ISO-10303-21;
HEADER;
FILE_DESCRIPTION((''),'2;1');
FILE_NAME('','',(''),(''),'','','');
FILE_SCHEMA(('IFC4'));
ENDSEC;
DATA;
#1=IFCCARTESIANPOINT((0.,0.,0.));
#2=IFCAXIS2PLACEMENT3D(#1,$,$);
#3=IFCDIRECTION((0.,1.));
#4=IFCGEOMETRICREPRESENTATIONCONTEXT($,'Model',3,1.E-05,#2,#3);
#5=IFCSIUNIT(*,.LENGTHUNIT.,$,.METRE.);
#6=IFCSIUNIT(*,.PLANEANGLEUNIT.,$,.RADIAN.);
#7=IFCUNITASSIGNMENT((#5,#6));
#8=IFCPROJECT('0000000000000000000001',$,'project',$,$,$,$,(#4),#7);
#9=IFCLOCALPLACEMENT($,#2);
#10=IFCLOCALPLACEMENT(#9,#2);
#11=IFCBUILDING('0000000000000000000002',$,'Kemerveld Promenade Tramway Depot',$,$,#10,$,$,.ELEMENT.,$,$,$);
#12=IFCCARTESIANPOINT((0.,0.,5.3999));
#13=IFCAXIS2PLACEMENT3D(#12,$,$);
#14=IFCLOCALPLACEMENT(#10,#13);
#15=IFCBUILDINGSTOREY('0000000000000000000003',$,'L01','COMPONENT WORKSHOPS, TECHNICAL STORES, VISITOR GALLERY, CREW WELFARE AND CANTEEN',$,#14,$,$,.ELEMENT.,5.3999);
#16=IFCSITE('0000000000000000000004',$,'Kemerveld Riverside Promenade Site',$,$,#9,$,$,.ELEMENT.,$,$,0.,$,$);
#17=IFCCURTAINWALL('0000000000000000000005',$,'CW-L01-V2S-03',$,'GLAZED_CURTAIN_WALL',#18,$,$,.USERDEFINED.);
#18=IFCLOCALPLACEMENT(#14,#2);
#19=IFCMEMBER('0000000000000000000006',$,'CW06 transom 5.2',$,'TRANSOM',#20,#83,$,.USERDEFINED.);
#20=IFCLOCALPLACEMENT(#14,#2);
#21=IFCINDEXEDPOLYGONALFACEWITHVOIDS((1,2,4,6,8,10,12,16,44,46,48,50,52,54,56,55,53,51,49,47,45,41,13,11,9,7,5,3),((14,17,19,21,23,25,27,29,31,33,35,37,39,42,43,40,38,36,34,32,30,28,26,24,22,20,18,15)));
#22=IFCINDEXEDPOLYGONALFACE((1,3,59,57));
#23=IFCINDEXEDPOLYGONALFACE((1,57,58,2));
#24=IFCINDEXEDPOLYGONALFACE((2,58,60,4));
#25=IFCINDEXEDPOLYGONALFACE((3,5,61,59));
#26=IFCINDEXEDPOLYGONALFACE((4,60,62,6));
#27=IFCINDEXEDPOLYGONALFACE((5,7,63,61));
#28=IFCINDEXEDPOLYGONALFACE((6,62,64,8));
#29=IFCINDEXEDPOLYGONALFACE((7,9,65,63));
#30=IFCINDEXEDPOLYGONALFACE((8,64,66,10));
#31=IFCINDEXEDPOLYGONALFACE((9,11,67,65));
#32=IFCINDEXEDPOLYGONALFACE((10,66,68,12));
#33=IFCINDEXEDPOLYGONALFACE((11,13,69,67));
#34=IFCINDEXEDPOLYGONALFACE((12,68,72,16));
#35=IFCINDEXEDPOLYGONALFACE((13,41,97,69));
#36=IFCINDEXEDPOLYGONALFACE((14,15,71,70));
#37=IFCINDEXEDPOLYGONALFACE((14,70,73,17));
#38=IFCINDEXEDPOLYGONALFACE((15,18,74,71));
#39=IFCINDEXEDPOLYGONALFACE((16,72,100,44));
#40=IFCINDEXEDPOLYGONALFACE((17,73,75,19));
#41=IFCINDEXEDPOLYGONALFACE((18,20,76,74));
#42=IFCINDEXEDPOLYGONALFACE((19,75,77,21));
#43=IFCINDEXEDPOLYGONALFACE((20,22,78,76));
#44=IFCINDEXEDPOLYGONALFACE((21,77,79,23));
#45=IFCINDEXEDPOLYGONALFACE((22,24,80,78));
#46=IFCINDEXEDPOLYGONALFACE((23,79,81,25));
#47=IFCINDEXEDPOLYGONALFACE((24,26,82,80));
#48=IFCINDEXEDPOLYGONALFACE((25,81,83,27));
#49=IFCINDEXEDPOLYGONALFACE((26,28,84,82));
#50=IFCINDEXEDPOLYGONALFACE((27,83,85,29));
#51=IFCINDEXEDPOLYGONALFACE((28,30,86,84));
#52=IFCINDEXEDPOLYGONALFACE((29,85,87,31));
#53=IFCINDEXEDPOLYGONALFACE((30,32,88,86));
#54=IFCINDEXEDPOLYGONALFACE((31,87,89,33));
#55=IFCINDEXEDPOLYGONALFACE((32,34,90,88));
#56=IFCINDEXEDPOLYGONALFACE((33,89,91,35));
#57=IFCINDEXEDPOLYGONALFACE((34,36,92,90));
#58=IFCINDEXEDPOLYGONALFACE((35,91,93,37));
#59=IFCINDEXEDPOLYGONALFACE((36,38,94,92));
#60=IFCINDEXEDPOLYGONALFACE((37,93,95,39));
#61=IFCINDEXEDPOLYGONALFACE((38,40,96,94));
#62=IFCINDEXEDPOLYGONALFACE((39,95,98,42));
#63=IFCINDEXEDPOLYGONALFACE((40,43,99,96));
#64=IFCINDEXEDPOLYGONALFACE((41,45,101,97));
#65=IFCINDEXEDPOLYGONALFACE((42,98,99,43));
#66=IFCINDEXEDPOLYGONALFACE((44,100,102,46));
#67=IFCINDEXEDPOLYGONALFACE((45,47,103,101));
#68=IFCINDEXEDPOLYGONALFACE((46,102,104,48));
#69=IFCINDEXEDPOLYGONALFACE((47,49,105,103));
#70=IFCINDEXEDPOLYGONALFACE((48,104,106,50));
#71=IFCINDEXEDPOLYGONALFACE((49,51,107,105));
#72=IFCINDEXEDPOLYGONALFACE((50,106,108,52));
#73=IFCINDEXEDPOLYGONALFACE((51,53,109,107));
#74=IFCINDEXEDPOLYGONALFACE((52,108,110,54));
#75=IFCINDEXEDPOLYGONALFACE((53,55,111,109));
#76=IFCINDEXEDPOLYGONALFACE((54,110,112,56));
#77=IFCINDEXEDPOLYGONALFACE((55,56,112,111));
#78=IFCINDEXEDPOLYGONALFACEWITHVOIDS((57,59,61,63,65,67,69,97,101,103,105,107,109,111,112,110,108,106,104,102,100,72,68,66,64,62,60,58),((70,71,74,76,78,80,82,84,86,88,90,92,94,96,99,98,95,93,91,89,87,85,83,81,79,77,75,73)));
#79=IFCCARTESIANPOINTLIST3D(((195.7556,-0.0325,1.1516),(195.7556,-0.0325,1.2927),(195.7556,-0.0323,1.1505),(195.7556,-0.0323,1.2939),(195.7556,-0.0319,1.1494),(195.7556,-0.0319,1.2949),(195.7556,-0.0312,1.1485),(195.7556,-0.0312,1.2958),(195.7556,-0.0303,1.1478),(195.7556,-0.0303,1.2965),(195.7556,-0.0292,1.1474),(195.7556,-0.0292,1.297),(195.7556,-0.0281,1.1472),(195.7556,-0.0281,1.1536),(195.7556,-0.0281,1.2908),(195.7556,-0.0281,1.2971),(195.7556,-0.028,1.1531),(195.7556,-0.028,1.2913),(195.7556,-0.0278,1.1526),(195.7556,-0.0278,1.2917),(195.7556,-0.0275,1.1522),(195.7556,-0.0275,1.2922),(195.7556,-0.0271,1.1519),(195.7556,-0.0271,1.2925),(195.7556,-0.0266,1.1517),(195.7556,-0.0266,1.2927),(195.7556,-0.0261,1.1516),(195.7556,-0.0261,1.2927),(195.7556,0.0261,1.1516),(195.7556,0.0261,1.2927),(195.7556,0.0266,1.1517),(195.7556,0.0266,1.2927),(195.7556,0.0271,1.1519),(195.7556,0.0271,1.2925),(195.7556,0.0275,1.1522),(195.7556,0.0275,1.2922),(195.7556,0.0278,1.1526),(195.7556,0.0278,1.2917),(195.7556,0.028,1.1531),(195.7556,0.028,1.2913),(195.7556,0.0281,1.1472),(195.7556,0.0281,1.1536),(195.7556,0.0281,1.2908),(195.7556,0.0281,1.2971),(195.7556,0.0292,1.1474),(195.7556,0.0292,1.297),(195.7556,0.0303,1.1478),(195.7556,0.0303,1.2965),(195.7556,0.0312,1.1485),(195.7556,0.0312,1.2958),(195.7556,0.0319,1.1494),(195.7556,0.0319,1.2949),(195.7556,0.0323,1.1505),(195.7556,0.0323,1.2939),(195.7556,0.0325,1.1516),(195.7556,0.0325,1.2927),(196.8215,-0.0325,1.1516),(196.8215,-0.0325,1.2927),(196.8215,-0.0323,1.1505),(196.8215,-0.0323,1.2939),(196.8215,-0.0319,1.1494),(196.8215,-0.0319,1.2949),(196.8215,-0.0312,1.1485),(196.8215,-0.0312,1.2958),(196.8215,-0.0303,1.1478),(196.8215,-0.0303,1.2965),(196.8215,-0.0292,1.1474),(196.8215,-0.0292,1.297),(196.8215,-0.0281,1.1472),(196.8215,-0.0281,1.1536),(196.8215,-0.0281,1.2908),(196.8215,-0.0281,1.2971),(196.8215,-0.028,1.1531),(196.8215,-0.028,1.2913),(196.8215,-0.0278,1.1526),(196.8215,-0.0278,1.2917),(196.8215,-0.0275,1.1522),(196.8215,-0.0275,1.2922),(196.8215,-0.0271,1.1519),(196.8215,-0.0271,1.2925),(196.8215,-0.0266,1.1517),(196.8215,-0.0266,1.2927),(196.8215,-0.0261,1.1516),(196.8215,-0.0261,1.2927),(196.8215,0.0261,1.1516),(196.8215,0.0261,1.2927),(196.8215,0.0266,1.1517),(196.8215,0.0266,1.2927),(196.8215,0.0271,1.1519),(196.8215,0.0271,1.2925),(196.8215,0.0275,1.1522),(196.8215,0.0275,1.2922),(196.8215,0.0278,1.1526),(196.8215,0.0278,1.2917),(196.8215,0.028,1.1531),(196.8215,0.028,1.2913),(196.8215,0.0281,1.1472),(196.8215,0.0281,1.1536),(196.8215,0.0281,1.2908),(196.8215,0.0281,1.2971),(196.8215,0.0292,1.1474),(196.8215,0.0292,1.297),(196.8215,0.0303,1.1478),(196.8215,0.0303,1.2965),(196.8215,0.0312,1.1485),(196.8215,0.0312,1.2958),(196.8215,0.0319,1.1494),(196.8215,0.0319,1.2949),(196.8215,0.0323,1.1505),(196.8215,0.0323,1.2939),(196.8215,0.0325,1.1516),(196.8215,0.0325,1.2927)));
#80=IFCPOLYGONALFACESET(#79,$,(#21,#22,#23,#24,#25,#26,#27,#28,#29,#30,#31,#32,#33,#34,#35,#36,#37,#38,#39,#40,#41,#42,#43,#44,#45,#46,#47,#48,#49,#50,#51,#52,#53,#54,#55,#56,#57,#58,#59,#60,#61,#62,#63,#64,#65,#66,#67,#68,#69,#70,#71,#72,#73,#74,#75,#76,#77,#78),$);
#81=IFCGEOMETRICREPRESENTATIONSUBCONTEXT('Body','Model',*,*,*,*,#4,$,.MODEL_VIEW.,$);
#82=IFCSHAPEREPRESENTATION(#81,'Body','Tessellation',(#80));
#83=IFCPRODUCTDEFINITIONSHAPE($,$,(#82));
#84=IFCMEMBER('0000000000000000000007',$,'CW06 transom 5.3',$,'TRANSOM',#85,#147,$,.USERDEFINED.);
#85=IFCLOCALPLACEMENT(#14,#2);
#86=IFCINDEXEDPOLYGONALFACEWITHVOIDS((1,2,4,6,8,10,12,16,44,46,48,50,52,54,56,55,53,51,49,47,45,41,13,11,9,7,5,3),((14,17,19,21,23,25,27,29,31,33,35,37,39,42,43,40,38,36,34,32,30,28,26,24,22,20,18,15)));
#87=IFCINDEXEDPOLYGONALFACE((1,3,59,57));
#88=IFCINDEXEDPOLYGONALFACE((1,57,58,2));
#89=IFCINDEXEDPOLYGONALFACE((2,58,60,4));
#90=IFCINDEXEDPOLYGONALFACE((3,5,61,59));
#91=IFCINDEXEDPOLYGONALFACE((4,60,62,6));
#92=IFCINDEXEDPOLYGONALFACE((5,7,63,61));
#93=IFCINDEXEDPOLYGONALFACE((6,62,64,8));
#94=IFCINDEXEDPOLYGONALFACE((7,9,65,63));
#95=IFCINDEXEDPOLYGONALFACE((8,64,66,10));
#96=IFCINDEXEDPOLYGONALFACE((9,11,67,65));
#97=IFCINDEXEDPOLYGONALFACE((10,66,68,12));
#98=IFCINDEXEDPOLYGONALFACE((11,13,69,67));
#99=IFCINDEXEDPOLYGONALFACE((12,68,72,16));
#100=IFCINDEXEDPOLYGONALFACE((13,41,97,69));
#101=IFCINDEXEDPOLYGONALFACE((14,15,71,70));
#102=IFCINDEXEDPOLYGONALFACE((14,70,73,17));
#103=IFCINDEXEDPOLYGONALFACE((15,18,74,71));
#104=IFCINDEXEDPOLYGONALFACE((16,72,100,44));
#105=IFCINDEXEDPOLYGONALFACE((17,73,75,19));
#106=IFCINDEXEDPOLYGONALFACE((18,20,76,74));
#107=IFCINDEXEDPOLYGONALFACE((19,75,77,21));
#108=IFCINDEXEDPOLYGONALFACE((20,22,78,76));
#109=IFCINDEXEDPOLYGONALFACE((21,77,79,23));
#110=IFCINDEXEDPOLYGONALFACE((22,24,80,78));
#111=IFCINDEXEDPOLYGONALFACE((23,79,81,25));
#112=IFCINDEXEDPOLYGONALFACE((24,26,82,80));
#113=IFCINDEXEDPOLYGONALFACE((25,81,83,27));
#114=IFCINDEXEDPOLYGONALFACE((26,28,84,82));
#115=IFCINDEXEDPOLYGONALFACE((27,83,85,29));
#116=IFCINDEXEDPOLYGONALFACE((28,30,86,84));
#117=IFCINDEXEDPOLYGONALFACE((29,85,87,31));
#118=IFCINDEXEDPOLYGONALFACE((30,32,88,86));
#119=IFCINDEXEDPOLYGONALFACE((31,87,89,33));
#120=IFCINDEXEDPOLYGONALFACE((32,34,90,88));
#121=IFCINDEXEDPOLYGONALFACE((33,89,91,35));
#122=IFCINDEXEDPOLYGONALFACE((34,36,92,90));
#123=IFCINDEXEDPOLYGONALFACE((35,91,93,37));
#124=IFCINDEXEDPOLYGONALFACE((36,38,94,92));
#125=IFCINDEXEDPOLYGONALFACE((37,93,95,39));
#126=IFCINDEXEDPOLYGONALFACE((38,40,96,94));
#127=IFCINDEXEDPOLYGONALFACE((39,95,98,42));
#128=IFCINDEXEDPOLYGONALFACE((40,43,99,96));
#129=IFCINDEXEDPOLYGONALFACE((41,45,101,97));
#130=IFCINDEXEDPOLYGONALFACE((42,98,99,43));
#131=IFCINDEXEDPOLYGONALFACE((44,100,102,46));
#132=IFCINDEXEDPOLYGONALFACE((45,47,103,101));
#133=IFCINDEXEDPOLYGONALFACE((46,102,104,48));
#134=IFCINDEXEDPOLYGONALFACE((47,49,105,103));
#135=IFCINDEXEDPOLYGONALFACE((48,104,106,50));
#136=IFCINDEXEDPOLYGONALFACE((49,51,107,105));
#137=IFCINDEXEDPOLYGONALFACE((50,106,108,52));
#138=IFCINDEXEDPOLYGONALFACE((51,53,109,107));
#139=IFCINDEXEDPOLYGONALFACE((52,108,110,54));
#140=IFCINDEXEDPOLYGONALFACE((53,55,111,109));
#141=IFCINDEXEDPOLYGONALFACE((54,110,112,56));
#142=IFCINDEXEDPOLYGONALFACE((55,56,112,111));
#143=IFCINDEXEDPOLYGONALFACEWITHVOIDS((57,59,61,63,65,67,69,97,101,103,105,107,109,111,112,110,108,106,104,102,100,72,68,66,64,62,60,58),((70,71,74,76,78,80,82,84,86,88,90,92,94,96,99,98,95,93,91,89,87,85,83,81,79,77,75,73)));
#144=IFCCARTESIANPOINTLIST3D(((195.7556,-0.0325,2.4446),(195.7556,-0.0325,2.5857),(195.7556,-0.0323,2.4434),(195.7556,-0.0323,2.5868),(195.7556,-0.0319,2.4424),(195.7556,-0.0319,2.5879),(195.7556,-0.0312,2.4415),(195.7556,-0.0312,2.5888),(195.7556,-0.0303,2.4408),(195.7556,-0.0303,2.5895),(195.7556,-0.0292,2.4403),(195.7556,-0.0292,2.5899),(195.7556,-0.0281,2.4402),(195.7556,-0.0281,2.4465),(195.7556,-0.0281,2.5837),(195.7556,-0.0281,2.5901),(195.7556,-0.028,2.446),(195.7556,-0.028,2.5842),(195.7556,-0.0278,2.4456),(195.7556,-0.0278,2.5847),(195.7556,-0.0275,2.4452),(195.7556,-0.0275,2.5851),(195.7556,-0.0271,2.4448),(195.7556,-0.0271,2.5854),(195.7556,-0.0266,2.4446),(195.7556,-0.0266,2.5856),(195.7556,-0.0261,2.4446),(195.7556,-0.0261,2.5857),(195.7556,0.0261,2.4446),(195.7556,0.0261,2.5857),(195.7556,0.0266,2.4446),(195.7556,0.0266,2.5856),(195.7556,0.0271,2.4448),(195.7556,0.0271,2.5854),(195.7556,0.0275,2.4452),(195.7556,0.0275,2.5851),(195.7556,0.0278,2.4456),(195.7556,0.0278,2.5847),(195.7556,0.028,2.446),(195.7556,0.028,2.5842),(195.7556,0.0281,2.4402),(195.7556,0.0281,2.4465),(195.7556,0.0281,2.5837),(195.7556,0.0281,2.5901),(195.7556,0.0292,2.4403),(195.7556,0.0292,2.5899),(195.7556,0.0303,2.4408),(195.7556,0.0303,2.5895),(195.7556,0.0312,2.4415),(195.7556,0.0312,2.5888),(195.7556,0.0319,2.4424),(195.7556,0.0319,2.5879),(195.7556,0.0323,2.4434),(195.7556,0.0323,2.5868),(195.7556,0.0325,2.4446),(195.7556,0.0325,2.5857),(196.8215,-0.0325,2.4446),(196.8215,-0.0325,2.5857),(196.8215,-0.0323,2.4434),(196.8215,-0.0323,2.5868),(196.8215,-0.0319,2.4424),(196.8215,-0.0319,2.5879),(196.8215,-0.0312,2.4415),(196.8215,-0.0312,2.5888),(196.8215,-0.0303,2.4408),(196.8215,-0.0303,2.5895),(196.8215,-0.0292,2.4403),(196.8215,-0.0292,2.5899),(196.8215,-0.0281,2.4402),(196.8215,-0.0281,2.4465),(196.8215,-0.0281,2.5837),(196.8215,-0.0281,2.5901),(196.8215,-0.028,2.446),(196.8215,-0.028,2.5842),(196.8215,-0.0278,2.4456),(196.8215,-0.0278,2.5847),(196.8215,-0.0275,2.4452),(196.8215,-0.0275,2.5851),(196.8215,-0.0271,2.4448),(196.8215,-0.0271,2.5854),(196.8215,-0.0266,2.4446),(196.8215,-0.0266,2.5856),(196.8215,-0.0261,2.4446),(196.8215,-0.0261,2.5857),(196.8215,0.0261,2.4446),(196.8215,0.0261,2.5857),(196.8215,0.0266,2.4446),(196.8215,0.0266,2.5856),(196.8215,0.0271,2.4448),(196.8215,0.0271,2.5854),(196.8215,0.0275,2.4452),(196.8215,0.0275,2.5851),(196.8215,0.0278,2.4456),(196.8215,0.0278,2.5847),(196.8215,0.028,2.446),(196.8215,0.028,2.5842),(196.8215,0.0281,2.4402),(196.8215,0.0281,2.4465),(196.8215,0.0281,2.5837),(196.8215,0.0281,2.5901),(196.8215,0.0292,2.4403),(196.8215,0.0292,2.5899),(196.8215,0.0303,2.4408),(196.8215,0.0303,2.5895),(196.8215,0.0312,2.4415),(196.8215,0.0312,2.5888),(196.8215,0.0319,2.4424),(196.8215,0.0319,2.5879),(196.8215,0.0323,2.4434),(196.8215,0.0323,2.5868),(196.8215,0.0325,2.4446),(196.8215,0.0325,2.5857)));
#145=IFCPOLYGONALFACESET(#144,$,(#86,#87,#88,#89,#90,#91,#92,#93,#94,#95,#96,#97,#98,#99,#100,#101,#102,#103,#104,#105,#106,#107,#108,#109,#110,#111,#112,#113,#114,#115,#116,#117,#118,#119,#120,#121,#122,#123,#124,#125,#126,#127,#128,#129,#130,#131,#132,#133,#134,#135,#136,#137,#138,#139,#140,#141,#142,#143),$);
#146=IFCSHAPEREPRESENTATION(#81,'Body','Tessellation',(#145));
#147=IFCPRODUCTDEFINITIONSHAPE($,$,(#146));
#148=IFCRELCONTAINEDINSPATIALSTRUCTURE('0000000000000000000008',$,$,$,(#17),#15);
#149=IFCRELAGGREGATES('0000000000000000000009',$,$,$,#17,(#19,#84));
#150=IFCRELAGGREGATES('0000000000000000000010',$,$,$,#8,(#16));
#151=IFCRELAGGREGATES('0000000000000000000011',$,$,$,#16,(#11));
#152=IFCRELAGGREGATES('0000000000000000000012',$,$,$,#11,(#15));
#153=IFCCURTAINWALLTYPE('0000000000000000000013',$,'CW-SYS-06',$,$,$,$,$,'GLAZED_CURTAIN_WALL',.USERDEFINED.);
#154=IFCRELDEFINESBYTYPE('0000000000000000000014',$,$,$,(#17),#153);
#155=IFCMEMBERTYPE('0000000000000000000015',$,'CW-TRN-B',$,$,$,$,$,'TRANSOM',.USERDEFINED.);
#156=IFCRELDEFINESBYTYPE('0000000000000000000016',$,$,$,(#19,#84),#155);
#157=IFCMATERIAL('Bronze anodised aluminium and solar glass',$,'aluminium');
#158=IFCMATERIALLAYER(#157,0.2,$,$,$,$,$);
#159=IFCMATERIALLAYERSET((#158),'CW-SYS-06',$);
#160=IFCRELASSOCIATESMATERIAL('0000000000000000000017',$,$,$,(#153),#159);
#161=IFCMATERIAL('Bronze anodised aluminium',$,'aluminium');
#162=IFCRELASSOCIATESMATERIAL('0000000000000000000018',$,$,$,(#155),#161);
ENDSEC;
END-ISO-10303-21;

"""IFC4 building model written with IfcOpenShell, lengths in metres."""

from ifc_helpers import new_model, si_unit, direction, frame, origin, origin_2d, place, context, subcontext, project, spatial, hollow_rectangle, extrude, material, layer, layer_set, material_profile, profile_set, type_object, element, aggregate, save


model = new_model("IFC4")

# Units and contexts
model_context = context("Model", 3, precision=1e-05, world=origin(), true_north=direction((0.0, 1.0)))
body_context = subcontext(model_context, "Body", "Model", "MODEL_VIEW")
ifc_project = project(units=[si_unit("LENGTHUNIT", "METRE"), si_unit("PLANEANGLEUNIT", "RADIAN")], contexts=[model_context])

# Site, building, storey
site_placement = place(None, origin())
site = spatial("IfcSite", under=ifc_project, at=site_placement, Name="Kemerveld Riverside Promenade Site", CompositionType="ELEMENT", RefElevation=0.0)
building_placement = place(site_placement, origin())
building = spatial("IfcBuilding", under=site, at=building_placement, Name="Kemerveld Promenade Tramway Depot", CompositionType="ELEMENT")
storey_placement = place(building_placement, frame((0.0, 0.0, 5.3999)))
storey = spatial("IfcBuildingStorey", under=building, at=storey_placement, Name="L01", Description="COMPONENT WORKSHOPS, TECHNICAL STORES, VISITOR GALLERY, CREW WELFARE AND CANTEEN", CompositionType="ELEMENT", Elevation=5.3999)

# Curtain wall, members
ifc_material_1 = material(Name="Bronze anodised aluminium and solar glass", Category="aluminium")
ifc_layer_1 = layer(ifc_material_1, 0.2)
ifc_layer_set_1 = layer_set([ifc_layer_1], Name="CW-SYS-06")
curtain_wall_type = type_object("IfcCurtainWallType", Name="CW-SYS-06", ElementType="GLAZED_CURTAIN_WALL", PredefinedType="USERDEFINED", material=ifc_layer_set_1)
curtain_wall_placement = place(storey_placement, origin())
curtain_wall = element("IfcCurtainWall", 1, at=curtain_wall_placement, inside=storey, type_object=curtain_wall_type, Name="CW-L01-V2S-03", ObjectType="GLAZED_CURTAIN_WALL", PredefinedType="USERDEFINED")
ifc_material_2 = material(Name="Bronze anodised aluminium", Category="aluminium")
ifc_material_profile_1 = material_profile(ifc_material_2, hollow_rectangle(XDim=0.0649, YDim=0.1499, WallThickness=0.0044, InnerFilletRadius=0.002, OuterFilletRadius=0.0044, at=origin_2d()), Name="CW-TRN-150x65")
ifc_profile_set_1 = profile_set([ifc_material_profile_1], Name="Bronze anodised aluminium")
member_type_1 = type_object("IfcMemberType", Name="CW-TRN-B", ElementType="TRANSOM", PredefinedType="USERDEFINED", material=ifc_profile_set_1)
member_1_placement = place(storey_placement, frame((196.8215, 0.0, 1.2222), z_axis=(-1.0, 0.0, 0.0), x_axis=(0.0, -1.0, 0.0)))
member_1 = element("IfcMember", 2, at=member_1_placement, type_object=member_type_1, Name="CW06 transom 5.2", ObjectType="TRANSOM", PredefinedType="USERDEFINED", context=body_context, shape_type="SweptSolid", body=[
    extrude(hollow_rectangle(XDim=0.0649, YDim=0.1499, WallThickness=0.0044, InnerFilletRadius=0.002, OuterFilletRadius=0.0044, at=origin_2d()), origin(), (0.0, 0.0, 1.0), 1.0659),
])
member_2_placement = place(storey_placement, frame((196.8215, 0.0, 2.5151), z_axis=(-1.0, 0.0, 0.0), x_axis=(0.0, -1.0, 0.0)))
member_2 = element("IfcMember", 3, at=member_2_placement, type_object=member_type_1, Name="CW06 transom 5.3", ObjectType="TRANSOM", PredefinedType="USERDEFINED", context=body_context, shape_type="SweptSolid", body=[
    extrude(hollow_rectangle(XDim=0.0649, YDim=0.1499, WallThickness=0.0044, InnerFilletRadius=0.002, OuterFilletRadius=0.0044, at=origin_2d()), origin(), (0.0, 0.0, 1.0), 1.0659),
])
aggregate(curtain_wall, [member_1, member_2])

save(model, "model.ifc")
